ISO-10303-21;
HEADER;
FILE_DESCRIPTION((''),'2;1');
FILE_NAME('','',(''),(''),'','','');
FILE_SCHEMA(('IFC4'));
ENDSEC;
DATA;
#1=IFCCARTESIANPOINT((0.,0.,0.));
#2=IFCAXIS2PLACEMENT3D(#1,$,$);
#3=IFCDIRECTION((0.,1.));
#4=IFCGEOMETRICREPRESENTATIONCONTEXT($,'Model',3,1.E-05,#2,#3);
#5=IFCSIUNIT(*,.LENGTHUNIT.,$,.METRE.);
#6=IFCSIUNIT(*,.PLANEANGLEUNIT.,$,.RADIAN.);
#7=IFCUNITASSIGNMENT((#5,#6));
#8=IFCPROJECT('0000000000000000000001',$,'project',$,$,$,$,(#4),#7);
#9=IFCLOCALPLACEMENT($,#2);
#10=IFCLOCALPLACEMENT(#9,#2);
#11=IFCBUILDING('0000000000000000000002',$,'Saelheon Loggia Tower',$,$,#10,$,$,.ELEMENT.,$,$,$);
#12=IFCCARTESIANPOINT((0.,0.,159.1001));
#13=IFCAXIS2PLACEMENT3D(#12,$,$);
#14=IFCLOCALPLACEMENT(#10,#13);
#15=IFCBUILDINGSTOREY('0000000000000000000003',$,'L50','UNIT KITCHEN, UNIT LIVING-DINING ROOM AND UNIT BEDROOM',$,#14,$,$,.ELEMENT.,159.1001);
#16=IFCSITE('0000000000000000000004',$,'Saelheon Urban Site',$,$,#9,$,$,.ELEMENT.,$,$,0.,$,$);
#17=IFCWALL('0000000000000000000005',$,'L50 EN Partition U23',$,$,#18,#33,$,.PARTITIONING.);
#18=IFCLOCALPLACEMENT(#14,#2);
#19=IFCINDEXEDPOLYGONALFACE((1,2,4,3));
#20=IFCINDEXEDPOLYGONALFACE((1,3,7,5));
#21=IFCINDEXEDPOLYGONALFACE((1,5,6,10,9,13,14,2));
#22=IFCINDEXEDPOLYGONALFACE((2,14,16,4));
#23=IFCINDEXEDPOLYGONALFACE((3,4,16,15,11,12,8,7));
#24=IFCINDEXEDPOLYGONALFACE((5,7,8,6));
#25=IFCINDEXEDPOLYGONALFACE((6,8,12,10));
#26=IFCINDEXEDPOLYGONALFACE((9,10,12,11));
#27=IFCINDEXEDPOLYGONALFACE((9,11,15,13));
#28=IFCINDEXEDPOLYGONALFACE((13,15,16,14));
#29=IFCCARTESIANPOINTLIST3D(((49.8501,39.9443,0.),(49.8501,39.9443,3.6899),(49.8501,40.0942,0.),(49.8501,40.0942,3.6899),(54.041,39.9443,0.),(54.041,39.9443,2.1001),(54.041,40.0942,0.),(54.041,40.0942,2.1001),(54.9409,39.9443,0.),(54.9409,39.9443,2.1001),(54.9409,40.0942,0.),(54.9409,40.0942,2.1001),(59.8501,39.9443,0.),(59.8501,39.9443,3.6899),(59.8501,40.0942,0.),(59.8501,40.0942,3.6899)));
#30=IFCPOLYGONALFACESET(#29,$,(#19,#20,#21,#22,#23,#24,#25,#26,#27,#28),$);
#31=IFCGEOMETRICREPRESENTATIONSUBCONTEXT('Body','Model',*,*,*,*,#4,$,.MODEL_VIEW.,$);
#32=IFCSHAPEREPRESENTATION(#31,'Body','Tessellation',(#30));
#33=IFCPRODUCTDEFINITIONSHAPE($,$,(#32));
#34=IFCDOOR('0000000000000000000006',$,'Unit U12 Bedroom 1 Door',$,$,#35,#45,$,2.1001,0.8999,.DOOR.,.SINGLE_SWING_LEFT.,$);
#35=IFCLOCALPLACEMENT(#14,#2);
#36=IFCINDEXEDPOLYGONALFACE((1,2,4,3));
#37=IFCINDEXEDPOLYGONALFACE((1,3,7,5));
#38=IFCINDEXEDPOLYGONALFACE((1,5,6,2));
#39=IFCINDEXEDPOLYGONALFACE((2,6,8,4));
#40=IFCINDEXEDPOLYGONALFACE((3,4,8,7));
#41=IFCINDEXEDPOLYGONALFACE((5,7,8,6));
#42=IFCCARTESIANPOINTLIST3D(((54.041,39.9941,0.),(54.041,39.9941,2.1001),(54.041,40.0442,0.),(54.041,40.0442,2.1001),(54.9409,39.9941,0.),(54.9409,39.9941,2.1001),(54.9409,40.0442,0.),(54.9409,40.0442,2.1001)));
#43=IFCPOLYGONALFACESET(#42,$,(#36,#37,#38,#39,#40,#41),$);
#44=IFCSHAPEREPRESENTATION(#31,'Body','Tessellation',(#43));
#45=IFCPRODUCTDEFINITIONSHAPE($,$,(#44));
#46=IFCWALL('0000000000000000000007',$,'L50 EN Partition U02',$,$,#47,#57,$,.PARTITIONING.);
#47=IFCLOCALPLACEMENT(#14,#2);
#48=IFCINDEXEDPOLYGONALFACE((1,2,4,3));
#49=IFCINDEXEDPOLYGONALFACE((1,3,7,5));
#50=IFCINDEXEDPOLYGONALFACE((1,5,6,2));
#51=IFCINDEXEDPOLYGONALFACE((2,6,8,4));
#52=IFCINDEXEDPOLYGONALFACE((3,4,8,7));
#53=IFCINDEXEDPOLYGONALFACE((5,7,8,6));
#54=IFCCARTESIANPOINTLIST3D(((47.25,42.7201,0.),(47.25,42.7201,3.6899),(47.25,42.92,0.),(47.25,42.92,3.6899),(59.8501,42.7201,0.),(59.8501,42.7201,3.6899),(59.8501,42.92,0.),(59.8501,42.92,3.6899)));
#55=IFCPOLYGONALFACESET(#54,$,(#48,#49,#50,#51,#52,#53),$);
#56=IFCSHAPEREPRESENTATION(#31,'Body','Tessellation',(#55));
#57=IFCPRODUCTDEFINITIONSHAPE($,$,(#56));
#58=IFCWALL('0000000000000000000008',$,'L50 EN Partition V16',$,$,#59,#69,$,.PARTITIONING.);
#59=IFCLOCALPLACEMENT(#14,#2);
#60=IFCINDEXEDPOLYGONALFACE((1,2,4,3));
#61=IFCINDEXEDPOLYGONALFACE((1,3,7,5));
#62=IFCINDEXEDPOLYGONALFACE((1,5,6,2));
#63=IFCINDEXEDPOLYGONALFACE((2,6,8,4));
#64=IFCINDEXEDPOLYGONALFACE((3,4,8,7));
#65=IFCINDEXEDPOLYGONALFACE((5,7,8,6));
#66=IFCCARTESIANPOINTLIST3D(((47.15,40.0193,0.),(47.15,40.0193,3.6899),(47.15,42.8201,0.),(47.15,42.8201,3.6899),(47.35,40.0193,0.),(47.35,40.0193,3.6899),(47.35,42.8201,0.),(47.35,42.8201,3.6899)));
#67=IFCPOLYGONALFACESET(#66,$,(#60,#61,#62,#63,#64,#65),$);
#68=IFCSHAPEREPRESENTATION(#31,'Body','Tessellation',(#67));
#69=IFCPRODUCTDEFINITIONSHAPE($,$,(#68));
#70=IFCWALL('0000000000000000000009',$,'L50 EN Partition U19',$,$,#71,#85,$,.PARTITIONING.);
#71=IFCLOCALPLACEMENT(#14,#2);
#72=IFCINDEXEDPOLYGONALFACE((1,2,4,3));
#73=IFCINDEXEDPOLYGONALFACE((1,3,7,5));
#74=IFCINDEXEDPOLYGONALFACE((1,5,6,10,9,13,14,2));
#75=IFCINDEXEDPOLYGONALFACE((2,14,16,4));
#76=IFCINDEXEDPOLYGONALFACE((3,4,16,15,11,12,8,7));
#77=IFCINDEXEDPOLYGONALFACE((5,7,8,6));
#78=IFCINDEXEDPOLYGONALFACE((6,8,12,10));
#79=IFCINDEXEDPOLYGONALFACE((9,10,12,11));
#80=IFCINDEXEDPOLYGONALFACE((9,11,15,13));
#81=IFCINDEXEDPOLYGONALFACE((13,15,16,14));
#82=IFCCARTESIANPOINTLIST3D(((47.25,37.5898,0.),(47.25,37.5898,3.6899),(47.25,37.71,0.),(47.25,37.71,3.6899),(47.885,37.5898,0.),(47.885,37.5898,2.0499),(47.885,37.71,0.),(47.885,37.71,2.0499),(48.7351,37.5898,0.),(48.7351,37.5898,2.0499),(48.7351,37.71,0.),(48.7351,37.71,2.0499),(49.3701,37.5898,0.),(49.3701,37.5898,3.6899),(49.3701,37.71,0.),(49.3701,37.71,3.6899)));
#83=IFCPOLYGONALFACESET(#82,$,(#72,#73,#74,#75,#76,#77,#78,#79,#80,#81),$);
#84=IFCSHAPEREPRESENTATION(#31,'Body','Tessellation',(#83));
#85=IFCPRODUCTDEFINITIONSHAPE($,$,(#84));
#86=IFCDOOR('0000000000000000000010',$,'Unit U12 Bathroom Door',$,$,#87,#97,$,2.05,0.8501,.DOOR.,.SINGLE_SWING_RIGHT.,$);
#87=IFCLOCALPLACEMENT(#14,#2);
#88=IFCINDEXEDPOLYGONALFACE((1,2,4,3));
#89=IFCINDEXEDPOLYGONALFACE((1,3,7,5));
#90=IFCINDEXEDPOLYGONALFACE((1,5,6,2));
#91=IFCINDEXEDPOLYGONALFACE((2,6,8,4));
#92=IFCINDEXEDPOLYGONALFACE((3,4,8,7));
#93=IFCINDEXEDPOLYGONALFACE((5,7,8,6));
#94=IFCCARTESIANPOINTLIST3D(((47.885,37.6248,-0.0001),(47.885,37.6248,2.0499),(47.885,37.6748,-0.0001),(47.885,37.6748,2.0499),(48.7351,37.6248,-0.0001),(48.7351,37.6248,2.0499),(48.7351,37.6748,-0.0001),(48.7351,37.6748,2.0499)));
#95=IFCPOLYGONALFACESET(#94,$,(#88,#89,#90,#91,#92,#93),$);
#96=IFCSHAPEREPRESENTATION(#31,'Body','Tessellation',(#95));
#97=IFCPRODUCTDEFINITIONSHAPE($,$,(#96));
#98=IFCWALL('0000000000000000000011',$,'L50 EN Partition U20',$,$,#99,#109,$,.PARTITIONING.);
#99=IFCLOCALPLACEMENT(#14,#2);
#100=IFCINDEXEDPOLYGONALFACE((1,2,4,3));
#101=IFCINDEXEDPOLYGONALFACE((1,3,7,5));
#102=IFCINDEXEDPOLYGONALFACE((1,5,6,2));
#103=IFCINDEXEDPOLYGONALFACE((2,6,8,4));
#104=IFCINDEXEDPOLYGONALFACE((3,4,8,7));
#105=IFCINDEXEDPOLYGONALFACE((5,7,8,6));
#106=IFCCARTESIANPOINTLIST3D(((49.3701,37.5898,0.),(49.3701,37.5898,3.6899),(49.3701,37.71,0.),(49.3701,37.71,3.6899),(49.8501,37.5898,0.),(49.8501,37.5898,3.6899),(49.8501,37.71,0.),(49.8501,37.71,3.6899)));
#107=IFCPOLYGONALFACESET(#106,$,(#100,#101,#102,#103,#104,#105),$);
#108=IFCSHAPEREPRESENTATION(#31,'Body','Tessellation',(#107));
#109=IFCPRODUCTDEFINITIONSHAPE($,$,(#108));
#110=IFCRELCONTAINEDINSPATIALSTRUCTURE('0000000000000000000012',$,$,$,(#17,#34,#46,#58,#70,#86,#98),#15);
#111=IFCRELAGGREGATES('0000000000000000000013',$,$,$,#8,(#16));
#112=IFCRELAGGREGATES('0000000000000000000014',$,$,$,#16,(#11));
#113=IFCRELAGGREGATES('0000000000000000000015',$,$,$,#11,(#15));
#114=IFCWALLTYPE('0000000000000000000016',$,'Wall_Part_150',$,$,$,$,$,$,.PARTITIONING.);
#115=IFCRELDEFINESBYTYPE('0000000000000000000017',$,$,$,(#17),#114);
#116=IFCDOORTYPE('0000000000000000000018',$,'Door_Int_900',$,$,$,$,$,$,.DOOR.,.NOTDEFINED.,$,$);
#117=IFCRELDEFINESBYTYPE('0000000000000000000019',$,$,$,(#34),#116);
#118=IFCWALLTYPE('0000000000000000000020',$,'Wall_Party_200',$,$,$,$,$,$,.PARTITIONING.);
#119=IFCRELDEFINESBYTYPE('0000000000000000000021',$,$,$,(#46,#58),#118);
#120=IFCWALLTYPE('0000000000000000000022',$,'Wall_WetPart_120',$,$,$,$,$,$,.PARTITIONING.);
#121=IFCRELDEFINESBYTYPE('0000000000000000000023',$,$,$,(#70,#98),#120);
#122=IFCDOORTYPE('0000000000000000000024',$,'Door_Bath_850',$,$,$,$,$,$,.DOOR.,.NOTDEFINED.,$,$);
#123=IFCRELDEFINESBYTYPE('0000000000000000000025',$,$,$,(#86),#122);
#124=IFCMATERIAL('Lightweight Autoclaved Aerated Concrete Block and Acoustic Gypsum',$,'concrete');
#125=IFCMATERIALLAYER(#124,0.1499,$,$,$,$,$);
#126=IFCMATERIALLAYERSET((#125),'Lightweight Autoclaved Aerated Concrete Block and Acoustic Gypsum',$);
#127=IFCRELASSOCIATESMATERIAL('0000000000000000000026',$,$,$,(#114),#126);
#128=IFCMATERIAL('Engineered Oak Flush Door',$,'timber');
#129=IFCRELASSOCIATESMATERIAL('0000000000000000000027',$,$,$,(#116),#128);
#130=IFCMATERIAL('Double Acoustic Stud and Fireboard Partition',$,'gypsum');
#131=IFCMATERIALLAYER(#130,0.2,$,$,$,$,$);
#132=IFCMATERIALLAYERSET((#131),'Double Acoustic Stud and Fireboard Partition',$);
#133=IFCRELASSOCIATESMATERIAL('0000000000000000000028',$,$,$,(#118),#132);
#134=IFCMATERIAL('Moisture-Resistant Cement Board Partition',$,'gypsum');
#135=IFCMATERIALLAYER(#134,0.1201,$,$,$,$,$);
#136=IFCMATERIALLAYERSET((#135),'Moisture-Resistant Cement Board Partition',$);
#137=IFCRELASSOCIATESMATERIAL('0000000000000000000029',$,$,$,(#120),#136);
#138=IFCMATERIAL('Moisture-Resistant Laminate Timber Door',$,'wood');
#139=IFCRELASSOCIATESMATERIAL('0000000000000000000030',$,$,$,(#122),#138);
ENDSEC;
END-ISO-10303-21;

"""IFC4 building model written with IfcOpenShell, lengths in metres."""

from ifc_helpers import new_model, si_unit, direction, frame, frame_2d, origin, place, context, subcontext, project, spatial, rectangle, extrude, source, transform, mapped, material, layer, layer_set, type_object, element, fill, save


model = new_model("IFC4")

# Units and contexts
model_context = context("Model", 3, precision=1e-05, world=origin(), true_north=direction((0.0, 1.0)))
body_context = subcontext(model_context, "Body", "Model", "MODEL_VIEW")
ifc_project = project(units=[si_unit("LENGTHUNIT", "METRE"), si_unit("PLANEANGLEUNIT", "RADIAN")], contexts=[model_context])

# Site, building, storey
site_placement = place(None, origin())
site = spatial("IfcSite", under=ifc_project, at=site_placement, Name="Saelheon Urban Site", CompositionType="ELEMENT", RefElevation=0.0)
building_placement = place(site_placement, origin())
building = spatial("IfcBuilding", under=site, at=building_placement, Name="Saelheon Loggia Tower", CompositionType="ELEMENT")
storey_placement = place(building_placement, frame((0.0, 0.0, 159.1001)))
storey = spatial("IfcBuildingStorey", under=building, at=storey_placement, Name="L50", Description="UNIT KITCHEN, UNIT LIVING-DINING ROOM AND UNIT BEDROOM", CompositionType="ELEMENT", Elevation=159.1001)

# Shared definitions
ifc_material_1 = material(Name="Lightweight Autoclaved Aerated Concrete Block and Acoustic Gypsum", Category="concrete")
ifc_layer_1 = layer(ifc_material_1, 0.1499)
ifc_layer_set_1 = layer_set([ifc_layer_1], Name="Lightweight Autoclaved Aerated Concrete Block and Acoustic Gypsum")
wall_type_1 = type_object("IfcWallType", Name="Wall_Part_150", PredefinedType="PARTITIONING", material=ifc_layer_set_1)

# Wall, opening, door
ifc_material_2 = material(Name="Engineered Oak Flush Door", Category="timber")
door_type_1 = type_object("IfcDoorType", Name="Door_Int_900", OperationType="NOTDEFINED", PredefinedType="DOOR", material=ifc_material_2)
shared_shape_1 = source(origin(), body_context, "Body", "SweptSolid", [
    extrude(rectangle(XDim=0.8999, YDim=2.1001, at=frame_2d((0.45, 1.05))), frame((0.0, 0.0249, 0.0), z_axis=(0.0, -1.0, 0.0), x_axis=(1.0, 0.0, 0.0)), (0.0, 0.0, 1.0), 0.05),
])
wall_1_placement = place(storey_placement, frame((49.8501, 40.0193, 0.0), z_axis=(0.0, 0.0, 1.0), x_axis=(1.0, 0.0, 0.0)))
wall_1 = element("IfcWall", 1, at=wall_1_placement, inside=storey, type_object=wall_type_1, Name="L50 EN Partition U23", PredefinedType="PARTITIONING", context=body_context, shape_type="SweptSolid", body=[
    extrude(rectangle(XDim=10.0, YDim=0.1499, at=frame_2d((5.0, 0.0))), origin(), (0.0, 0.0, 1.0), 3.6899),
])
opening_1_placement = place(wall_1_placement, frame((4.1909, 0.0, 0.0)))
opening_1 = element("IfcOpeningElement", 2, at=opening_1_placement, cuts=wall_1, PredefinedType="OPENING", context=body_context, shape_type="SweptSolid", body=[
    extrude(rectangle(XDim=0.8999, YDim=2.1001, at=frame_2d((0.45, 1.05))), frame((0.0, 0.0869, 0.0), z_axis=(0.0, -1.0, 0.0), x_axis=(1.0, 0.0, 0.0)), (0.0, 0.0, 1.0), 0.1738),
])
door_1_placement = place(opening_1_placement, origin())
door_1 = element("IfcDoor", 3, at=door_1_placement, inside=storey, type_object=door_type_1, Name="Unit U12 Bedroom 1 Door", OperationType="SINGLE_SWING_LEFT", OverallHeight=2.1001, OverallWidth=0.8999, PredefinedType="DOOR", context=body_context, shape_type="MappedRepresentation", body=[
    mapped(shared_shape_1, transform((0.0, 0.0, 0.0), scale=1.0)),
])
fill(opening_1, door_1)

# Wall
ifc_material_3 = material(Name="Double Acoustic Stud and Fireboard Partition", Category="gypsum")
ifc_layer_2 = layer(ifc_material_3, 0.2)
ifc_layer_set_2 = layer_set([ifc_layer_2], Name="Double Acoustic Stud and Fireboard Partition")
wall_type_2 = type_object("IfcWallType", Name="Wall_Party_200", PredefinedType="PARTITIONING", material=ifc_layer_set_2)
wall_2_placement = place(storey_placement, frame((47.25, 42.8201, 0.0), z_axis=(0.0, 0.0, 1.0), x_axis=(1.0, 0.0, 0.0)))
element("IfcWall", 4, at=wall_2_placement, inside=storey, type_object=wall_type_2, Name="L50 EN Partition U02", PredefinedType="PARTITIONING", context=body_context, shape_type="SweptSolid", body=[
    extrude(rectangle(XDim=12.6001, YDim=0.2, at=frame_2d((6.3, 0.0))), origin(), (0.0, 0.0, 1.0), 3.6899),
])

# Wall
wall_3_placement = place(storey_placement, frame((47.25, 40.0193, 0.0), z_axis=(0.0, 0.0, 1.0), x_axis=(0.0, 1.0, 0.0)))
element("IfcWall", 5, at=wall_3_placement, inside=storey, type_object=wall_type_2, Name="L50 EN Partition V16", PredefinedType="PARTITIONING", context=body_context, shape_type="SweptSolid", body=[
    extrude(rectangle(XDim=2.8008, YDim=0.2, at=frame_2d((1.4004, 0.0))), origin(), (0.0, 0.0, 1.0), 3.6899),
])

# Wall, opening, door
ifc_material_4 = material(Name="Moisture-Resistant Cement Board Partition", Category="gypsum")
ifc_layer_3 = layer(ifc_material_4, 0.1201)
ifc_layer_set_3 = layer_set([ifc_layer_3], Name="Moisture-Resistant Cement Board Partition")
wall_type_3 = type_object("IfcWallType", Name="Wall_WetPart_120", PredefinedType="PARTITIONING", material=ifc_layer_set_3)
wall_4_placement = place(storey_placement, frame((47.25, 37.6499, 0.0), z_axis=(0.0, 0.0, 1.0), x_axis=(1.0, 0.0, 0.0)))
wall_4 = element("IfcWall", 6, at=wall_4_placement, inside=storey, type_object=wall_type_3, Name="L50 EN Partition U19", PredefinedType="PARTITIONING", context=body_context, shape_type="SweptSolid", body=[
    extrude(rectangle(XDim=2.1201, YDim=0.1201, at=frame_2d((1.0601, 0.0))), origin(), (0.0, 0.0, 1.0), 3.6899),
])
opening_2_placement = place(wall_4_placement, frame((0.635, 0.0, 0.0)))
opening_2 = element("IfcOpeningElement", 7, at=opening_2_placement, cuts=wall_4, PredefinedType="OPENING", context=body_context, shape_type="SweptSolid", body=[
    extrude(rectangle(XDim=0.8501, YDim=2.05, at=frame_2d((0.425, 1.0249))), frame((0.0, 0.072, 0.0), z_axis=(0.0, -1.0, 0.0), x_axis=(1.0, 0.0, 0.0)), (0.0, 0.0, 1.0), 0.144),
])
ifc_material_5 = material(Name="Moisture-Resistant Laminate Timber Door", Category="wood")
door_type_2 = type_object("IfcDoorType", Name="Door_Bath_850", OperationType="NOTDEFINED", PredefinedType="DOOR", material=ifc_material_5)
shared_shape_2 = source(origin(), body_context, "Body", "SweptSolid", [
    extrude(rectangle(XDim=0.8501, YDim=2.05, at=frame_2d((0.425, 1.0249))), frame((0.0, 0.0249, 0.0), z_axis=(0.0, -1.0, 0.0), x_axis=(1.0, 0.0, 0.0)), (0.0, 0.0, 1.0), 0.05),
])
door_2_placement = place(opening_2_placement, origin())
door_2 = element("IfcDoor", 8, at=door_2_placement, inside=storey, type_object=door_type_2, Name="Unit U12 Bathroom Door", OperationType="SINGLE_SWING_RIGHT", OverallHeight=2.05, OverallWidth=0.8501, PredefinedType="DOOR", context=body_context, shape_type="MappedRepresentation", body=[
    mapped(shared_shape_2, transform((0.0, 0.0, 0.0), scale=1.0)),
])
fill(opening_2, door_2)

# Wall
wall_5_placement = place(storey_placement, frame((49.3701, 37.6499, 0.0), z_axis=(0.0, 0.0, 1.0), x_axis=(1.0, 0.0, 0.0)))
element("IfcWall", 9, at=wall_5_placement, inside=storey, type_object=wall_type_3, Name="L50 EN Partition U20", PredefinedType="PARTITIONING", context=body_context, shape_type="SweptSolid", body=[
    extrude(rectangle(XDim=0.48, YDim=0.1201, at=frame_2d((0.24, 0.0))), origin(), (0.0, 0.0, 1.0), 3.6899),
])

save(model, "model.ifc")
